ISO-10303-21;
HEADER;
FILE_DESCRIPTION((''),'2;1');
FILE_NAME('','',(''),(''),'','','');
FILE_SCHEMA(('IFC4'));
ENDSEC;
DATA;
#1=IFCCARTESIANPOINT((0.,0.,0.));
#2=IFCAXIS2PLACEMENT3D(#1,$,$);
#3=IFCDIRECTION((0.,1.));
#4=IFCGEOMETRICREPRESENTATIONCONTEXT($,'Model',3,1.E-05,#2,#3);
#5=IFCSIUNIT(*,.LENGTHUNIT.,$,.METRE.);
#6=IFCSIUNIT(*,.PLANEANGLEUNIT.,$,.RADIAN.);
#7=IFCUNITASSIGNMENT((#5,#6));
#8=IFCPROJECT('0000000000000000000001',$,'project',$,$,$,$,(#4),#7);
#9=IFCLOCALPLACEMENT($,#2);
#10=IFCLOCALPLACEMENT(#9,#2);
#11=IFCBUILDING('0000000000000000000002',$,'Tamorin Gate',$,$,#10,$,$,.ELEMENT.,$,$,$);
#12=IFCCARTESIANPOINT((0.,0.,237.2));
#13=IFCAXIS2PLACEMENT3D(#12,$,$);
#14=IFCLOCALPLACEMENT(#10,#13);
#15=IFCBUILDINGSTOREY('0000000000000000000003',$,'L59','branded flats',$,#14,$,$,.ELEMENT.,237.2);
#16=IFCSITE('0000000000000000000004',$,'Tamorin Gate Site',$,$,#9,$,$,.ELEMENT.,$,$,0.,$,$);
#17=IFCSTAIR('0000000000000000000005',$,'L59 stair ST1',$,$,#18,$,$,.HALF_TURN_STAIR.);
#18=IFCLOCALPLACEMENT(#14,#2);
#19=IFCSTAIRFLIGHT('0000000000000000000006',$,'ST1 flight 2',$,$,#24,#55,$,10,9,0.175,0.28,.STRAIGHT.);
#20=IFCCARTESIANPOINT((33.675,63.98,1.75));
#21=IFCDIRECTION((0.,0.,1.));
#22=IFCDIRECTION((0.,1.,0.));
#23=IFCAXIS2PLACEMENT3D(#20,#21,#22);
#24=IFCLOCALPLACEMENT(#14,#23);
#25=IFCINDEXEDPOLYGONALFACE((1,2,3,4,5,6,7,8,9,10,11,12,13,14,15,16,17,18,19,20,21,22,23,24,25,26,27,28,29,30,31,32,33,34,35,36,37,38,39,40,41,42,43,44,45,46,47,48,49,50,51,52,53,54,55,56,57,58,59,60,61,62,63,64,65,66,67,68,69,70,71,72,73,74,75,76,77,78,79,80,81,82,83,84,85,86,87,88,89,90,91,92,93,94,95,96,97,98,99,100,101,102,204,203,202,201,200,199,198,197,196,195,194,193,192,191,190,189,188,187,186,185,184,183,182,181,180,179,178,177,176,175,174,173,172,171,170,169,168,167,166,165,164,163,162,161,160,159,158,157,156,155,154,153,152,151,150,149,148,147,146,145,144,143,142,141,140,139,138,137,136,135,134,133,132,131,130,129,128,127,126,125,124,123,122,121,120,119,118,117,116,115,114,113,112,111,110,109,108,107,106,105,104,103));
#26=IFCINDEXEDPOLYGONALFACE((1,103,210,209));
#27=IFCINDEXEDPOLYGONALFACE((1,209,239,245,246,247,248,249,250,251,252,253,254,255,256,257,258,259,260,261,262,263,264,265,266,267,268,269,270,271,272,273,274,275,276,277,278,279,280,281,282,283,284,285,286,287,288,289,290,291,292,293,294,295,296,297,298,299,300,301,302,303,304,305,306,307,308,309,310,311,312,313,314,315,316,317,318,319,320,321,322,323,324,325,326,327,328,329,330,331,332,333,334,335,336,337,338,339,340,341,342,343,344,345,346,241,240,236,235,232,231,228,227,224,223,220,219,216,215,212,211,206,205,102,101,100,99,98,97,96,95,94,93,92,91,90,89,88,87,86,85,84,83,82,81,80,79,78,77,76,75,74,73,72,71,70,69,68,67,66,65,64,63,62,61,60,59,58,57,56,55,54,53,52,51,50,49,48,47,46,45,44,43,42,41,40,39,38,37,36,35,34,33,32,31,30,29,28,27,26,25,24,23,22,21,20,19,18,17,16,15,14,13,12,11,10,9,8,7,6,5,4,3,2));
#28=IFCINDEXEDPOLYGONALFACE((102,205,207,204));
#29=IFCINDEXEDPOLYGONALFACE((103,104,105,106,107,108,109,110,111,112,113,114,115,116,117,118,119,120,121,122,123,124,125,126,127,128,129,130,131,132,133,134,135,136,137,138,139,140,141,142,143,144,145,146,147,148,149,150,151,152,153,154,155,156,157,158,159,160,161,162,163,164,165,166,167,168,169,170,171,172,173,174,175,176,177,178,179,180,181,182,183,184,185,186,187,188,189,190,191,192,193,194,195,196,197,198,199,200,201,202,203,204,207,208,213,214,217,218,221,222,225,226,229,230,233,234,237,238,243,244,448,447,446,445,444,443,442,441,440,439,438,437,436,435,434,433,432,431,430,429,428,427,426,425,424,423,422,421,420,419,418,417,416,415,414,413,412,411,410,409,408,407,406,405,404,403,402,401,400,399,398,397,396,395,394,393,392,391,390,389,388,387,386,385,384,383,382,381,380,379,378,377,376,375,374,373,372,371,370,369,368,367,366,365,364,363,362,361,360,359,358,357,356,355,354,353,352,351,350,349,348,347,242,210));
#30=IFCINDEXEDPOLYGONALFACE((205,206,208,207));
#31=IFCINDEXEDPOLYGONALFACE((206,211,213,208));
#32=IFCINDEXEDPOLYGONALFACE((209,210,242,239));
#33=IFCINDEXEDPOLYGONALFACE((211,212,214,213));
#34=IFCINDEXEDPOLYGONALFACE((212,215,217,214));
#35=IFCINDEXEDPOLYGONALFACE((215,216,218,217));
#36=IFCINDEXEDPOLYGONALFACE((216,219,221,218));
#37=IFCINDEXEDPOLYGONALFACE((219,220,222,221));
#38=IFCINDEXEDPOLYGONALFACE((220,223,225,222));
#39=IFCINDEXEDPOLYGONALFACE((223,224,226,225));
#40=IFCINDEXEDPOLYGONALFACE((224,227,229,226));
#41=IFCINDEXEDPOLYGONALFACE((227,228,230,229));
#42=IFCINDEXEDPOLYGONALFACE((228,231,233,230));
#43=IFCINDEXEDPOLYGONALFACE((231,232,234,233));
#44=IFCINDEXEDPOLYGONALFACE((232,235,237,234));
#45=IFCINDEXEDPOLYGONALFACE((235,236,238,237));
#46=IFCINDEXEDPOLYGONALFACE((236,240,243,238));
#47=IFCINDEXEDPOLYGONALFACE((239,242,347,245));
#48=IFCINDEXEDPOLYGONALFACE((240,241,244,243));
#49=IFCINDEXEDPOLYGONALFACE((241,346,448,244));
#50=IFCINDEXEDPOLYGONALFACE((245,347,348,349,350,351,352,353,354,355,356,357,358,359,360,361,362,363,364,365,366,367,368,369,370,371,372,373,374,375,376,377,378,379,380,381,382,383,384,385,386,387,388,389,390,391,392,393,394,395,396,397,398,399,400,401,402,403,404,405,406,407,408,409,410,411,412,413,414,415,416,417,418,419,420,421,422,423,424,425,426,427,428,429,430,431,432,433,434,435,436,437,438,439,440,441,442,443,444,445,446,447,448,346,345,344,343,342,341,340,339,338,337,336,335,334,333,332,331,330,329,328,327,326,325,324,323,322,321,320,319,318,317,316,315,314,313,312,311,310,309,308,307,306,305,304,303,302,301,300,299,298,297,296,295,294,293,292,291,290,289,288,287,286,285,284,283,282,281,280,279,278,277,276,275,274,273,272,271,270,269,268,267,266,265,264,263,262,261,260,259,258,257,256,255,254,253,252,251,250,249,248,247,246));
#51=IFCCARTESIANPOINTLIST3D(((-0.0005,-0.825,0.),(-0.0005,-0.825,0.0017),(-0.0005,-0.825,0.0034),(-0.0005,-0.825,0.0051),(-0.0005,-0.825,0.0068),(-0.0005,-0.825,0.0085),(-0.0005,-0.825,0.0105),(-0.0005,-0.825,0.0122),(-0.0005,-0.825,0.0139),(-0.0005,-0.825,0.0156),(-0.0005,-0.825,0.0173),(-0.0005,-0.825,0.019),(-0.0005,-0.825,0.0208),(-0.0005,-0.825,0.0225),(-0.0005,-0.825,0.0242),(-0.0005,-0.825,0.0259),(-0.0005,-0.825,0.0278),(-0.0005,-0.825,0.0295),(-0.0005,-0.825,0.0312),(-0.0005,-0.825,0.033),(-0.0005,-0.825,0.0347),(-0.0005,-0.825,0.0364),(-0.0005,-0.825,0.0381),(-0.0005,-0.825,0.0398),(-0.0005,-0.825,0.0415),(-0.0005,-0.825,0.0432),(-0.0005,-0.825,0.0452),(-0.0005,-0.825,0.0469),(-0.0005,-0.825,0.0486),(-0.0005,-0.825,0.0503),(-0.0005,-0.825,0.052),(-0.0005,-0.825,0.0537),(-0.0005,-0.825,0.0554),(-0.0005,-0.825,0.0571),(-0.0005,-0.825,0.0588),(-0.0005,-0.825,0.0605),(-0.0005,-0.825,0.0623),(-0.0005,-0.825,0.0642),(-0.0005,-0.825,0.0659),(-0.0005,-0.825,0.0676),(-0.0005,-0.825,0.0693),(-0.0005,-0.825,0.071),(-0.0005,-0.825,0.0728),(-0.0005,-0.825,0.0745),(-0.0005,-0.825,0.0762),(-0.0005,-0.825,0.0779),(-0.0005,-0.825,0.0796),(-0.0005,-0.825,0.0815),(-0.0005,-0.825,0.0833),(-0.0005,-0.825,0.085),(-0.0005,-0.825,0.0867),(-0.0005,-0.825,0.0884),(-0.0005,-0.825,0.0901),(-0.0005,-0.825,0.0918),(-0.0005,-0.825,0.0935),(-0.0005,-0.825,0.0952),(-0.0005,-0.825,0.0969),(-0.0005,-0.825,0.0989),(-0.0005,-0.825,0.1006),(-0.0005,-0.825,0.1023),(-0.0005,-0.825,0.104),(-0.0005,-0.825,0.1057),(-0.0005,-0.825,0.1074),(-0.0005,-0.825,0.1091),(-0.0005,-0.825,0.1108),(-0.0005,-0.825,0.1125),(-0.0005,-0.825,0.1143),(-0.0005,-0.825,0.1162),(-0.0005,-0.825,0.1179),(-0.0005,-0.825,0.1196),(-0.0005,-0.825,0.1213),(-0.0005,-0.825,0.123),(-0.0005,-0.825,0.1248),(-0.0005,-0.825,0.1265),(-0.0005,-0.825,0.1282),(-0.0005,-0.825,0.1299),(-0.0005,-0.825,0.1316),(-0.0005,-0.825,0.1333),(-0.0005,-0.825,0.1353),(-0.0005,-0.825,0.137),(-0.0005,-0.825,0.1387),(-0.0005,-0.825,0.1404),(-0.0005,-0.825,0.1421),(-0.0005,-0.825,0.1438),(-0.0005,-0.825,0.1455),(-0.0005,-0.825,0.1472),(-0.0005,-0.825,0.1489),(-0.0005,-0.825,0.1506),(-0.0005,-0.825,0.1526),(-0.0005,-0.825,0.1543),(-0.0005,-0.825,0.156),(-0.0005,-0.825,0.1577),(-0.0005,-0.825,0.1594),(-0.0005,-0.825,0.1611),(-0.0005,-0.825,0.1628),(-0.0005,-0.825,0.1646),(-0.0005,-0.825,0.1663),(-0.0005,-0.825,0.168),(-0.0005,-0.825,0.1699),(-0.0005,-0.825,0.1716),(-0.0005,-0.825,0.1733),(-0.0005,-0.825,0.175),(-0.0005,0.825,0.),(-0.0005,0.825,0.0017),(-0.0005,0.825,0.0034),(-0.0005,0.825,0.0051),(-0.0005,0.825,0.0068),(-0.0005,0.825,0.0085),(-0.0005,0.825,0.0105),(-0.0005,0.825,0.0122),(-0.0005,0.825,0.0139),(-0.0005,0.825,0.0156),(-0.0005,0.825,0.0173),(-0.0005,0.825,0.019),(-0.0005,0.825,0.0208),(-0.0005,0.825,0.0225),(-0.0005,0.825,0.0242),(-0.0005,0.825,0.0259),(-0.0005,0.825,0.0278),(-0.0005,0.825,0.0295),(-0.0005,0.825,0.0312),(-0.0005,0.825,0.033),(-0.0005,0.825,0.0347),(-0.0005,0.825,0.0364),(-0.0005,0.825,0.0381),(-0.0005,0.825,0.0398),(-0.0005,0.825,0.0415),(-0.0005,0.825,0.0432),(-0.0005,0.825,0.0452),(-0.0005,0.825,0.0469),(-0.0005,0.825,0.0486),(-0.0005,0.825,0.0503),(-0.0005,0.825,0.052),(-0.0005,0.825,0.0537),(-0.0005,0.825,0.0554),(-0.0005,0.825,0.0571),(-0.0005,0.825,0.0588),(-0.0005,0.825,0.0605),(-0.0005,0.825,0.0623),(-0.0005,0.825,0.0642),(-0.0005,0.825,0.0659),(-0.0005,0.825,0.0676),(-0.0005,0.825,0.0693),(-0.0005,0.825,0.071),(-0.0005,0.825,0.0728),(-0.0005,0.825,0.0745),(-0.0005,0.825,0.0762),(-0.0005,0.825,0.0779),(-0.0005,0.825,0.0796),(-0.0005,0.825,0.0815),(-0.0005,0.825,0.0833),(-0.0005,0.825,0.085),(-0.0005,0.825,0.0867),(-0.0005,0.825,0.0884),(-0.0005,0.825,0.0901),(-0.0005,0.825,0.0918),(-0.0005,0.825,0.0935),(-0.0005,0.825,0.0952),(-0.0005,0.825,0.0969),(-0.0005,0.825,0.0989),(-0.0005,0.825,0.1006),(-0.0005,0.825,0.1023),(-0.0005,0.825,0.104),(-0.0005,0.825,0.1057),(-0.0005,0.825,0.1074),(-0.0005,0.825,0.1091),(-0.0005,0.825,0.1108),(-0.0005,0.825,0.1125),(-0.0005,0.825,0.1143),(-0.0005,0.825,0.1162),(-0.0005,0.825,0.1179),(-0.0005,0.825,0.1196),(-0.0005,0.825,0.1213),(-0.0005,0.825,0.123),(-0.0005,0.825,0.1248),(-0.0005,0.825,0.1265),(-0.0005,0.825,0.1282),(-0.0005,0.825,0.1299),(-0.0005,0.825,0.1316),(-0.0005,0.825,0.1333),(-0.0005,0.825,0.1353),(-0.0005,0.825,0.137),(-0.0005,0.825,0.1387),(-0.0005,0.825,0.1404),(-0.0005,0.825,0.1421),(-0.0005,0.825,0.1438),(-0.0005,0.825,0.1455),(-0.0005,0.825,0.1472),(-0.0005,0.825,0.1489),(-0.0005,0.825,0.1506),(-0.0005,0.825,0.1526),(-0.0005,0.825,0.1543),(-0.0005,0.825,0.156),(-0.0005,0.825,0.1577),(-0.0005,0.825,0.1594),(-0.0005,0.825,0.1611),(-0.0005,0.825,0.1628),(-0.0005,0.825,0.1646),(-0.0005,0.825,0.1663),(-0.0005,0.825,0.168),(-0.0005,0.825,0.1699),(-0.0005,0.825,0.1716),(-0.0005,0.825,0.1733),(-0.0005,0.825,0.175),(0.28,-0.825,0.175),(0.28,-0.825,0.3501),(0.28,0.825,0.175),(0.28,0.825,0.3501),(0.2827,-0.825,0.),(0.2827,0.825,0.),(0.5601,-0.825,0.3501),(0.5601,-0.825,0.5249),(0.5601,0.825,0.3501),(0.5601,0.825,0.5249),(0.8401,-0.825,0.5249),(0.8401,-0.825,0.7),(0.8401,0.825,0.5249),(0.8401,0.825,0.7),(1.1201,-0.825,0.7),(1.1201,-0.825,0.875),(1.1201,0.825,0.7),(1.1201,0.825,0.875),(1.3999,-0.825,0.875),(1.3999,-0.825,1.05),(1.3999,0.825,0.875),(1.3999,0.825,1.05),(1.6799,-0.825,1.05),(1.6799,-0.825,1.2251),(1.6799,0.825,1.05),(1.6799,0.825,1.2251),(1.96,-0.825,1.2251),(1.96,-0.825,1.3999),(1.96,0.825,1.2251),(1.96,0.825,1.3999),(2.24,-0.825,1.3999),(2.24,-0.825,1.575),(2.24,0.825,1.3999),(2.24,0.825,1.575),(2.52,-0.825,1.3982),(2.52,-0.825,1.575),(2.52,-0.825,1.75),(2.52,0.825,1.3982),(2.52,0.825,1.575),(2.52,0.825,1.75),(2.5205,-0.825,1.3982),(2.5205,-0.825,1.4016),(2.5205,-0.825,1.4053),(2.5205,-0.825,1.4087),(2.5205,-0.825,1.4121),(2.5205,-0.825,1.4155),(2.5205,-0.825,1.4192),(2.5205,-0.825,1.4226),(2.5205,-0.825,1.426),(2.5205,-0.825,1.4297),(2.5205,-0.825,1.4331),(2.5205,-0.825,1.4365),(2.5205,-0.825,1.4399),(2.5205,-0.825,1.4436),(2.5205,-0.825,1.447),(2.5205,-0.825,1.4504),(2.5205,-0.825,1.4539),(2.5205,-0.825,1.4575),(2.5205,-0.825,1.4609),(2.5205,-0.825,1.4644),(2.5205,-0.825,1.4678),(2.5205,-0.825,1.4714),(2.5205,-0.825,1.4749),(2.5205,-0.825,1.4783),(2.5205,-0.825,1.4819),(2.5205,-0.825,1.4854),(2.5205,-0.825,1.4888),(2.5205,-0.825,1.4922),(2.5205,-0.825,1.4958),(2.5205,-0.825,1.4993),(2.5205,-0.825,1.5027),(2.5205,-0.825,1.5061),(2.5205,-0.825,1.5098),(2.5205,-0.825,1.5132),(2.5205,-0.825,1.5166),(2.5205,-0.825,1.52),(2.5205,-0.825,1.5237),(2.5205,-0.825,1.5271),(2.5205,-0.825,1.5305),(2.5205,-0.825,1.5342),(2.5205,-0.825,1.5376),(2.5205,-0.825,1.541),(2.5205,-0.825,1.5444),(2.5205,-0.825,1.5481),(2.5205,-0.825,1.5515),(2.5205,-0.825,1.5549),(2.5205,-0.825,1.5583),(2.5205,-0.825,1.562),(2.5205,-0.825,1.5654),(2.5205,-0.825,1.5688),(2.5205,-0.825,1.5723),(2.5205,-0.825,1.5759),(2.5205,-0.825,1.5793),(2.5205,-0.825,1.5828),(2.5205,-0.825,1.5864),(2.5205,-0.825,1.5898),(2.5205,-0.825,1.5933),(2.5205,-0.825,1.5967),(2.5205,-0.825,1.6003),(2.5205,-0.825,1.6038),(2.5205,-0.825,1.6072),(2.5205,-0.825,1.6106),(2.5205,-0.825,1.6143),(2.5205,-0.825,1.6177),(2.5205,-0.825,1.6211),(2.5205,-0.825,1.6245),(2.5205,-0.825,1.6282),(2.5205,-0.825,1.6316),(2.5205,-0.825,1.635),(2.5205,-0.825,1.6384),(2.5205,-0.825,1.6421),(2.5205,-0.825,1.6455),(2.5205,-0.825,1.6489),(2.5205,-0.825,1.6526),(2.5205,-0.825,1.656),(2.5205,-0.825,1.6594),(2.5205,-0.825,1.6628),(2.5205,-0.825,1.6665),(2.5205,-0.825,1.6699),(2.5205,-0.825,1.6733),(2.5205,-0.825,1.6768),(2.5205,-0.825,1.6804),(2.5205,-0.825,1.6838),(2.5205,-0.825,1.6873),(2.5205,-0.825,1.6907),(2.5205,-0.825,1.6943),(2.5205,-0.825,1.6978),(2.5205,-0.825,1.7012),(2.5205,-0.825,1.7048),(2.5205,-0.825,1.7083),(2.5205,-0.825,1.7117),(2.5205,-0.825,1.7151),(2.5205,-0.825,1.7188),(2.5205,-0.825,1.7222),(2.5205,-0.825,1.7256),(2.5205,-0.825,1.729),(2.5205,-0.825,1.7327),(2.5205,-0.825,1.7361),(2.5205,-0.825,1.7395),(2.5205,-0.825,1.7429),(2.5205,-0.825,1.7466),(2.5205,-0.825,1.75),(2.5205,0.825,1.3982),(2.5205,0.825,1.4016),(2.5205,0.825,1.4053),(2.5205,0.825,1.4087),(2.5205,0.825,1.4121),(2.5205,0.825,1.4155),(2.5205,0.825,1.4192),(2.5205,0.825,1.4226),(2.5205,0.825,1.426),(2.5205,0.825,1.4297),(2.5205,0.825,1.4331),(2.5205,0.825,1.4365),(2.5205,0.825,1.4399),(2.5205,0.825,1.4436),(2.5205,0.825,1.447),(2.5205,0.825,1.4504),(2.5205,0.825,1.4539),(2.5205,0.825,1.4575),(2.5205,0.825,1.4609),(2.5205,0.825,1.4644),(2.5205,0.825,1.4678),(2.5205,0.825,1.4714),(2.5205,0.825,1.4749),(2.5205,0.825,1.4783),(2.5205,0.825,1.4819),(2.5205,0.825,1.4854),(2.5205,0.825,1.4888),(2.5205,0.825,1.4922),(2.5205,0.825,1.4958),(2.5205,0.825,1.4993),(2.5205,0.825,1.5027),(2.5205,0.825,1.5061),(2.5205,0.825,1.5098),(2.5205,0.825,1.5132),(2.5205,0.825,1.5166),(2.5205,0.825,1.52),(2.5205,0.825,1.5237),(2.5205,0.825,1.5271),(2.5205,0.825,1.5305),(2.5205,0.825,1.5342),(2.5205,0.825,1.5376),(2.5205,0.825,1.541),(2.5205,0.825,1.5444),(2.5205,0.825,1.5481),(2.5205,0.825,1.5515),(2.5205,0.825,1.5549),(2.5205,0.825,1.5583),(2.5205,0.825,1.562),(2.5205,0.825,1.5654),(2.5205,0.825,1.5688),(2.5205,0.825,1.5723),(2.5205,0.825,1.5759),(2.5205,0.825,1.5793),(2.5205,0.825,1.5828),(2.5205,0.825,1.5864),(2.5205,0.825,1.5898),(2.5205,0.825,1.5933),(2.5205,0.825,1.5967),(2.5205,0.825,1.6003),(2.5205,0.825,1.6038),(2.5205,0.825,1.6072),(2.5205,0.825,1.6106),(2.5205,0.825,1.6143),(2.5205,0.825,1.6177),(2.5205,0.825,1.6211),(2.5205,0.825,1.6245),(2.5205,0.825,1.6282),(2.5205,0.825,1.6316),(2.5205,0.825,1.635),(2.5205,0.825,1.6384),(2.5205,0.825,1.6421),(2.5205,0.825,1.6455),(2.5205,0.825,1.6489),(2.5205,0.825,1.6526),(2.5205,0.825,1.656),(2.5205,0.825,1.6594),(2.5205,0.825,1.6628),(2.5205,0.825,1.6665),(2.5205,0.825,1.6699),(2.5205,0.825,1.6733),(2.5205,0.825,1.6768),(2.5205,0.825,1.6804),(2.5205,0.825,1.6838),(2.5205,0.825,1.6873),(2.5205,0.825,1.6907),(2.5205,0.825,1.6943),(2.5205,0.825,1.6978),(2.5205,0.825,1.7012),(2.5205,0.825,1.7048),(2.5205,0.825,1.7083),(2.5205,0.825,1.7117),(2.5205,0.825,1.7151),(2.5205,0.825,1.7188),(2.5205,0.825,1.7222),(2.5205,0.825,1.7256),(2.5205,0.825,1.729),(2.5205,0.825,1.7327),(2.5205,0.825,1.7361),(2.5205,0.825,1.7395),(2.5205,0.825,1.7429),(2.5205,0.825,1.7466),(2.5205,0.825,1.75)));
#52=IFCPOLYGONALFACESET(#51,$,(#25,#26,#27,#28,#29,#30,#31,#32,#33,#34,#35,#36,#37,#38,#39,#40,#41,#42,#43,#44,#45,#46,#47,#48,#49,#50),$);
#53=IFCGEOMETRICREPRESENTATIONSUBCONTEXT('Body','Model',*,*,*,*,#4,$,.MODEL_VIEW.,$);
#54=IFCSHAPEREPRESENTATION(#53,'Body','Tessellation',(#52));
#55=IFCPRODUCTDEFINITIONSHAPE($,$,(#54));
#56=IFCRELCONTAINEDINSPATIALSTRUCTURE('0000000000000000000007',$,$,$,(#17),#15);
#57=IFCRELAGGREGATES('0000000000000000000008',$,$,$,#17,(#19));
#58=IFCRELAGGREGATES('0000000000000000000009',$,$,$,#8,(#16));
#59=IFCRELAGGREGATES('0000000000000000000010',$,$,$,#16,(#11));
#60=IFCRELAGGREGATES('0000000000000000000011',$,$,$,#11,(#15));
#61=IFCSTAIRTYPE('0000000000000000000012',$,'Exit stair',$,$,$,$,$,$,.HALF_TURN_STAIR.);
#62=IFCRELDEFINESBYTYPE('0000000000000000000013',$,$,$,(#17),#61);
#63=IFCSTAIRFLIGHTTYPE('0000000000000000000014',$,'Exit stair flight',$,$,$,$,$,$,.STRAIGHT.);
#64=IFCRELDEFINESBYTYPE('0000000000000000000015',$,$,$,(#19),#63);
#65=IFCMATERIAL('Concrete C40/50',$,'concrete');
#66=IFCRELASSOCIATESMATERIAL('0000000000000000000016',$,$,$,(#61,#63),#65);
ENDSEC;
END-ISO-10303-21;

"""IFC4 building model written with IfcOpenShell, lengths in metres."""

from ifc_helpers import new_model, si_unit, direction, frame, origin, place, context, subcontext, project, spatial, polyline, outline, extrude, material, type_object, element, aggregate, save


model = new_model("IFC4")

# Units and contexts
model_context = context("Model", 3, precision=1e-05, world=origin(), true_north=direction((0.0, 1.0)))
body_context = subcontext(model_context, "Body", "Model", "MODEL_VIEW")
ifc_project = project(units=[si_unit("LENGTHUNIT", "METRE"), si_unit("PLANEANGLEUNIT", "RADIAN")], contexts=[model_context])

# Site, building, storey
site_placement = place(None, origin())
site = spatial("IfcSite", under=ifc_project, at=site_placement, Name="Tamorin Gate Site", CompositionType="ELEMENT", RefElevation=0.0)
building_placement = place(site_placement, origin())
building = spatial("IfcBuilding", under=site, at=building_placement, Name="Tamorin Gate", CompositionType="ELEMENT")
storey_placement = place(building_placement, frame((0.0, 0.0, 237.2)))
storey = spatial("IfcBuildingStorey", under=building, at=storey_placement, Name="L59", Description="branded flats", CompositionType="ELEMENT", Elevation=237.2)

# Shared definitions
ifc_material_1 = material(Name="Concrete C40/50", Category="concrete")

# Stair, stair flight
stair_type = type_object("IfcStairType", Name="Exit stair", PredefinedType="HALF_TURN_STAIR", material=ifc_material_1)
stair_1_placement = place(storey_placement, origin())
stair_1 = element("IfcStair", 1, at=stair_1_placement, inside=storey, type_object=stair_type, Name="L59 stair ST1", PredefinedType="HALF_TURN_STAIR")
stair_flight_type = type_object("IfcStairFlightType", Name="Exit stair flight", PredefinedType="STRAIGHT", material=ifc_material_1)
stair_flight_1_placement = place(storey_placement, frame((33.675, 63.98, 1.75), z_axis=(0.0, 0.0, 1.0), x_axis=(0.0, 1.0, 0.0)))
stair_flight_1 = element("IfcStairFlight", 2, at=stair_flight_1_placement, type_object=stair_flight_type, Name="ST1 flight 2", NumberOfRisers=10, NumberOfTreads=9, PredefinedType="STRAIGHT", RiserHeight=0.175, TreadLength=0.28, context=body_context, shape_type="SweptSolid", body=[
    extrude(outline(polyline([(-0.0005, 0.0), (-0.0005, 0.0017), (-0.0005, 0.0034), (-0.0005, 0.0051), (-0.0005, 0.0068), (-0.0005, 0.0085), (-0.0005, 0.0105), (-0.0005, 0.0122), (-0.0005, 0.0139), (-0.0005, 0.0156), (-0.0005, 0.0173), (-0.0005, 0.019), (-0.0005, 0.0208), (-0.0005, 0.0225), (-0.0005, 0.0242), (-0.0005, 0.0259), (-0.0005, 0.0278), (-0.0005, 0.0295), (-0.0005, 0.0312), (-0.0005, 0.033), (-0.0005, 0.0347), (-0.0005, 0.0364), (-0.0005, 0.0381), (-0.0005, 0.0398), (-0.0005, 0.0415), (-0.0005, 0.0432), (-0.0005, 0.0452), (-0.0005, 0.0469), (-0.0005, 0.0486), (-0.0005, 0.0503), (-0.0005, 0.052), (-0.0005, 0.0537), (-0.0005, 0.0554), (-0.0005, 0.0571), (-0.0005, 0.0588), (-0.0005, 0.0605), (-0.0005, 0.0623), (-0.0005, 0.0642), (-0.0005, 0.0659), (-0.0005, 0.0676), (-0.0005, 0.0693), (-0.0005, 0.071), (-0.0005, 0.0728), (-0.0005, 0.0745), (-0.0005, 0.0762), (-0.0005, 0.0779), (-0.0005, 0.0796), (-0.0005, 0.0815), (-0.0005, 0.0833), (-0.0005, 0.085), (-0.0005, 0.0867), (-0.0005, 0.0884), (-0.0005, 0.0901), (-0.0005, 0.0918), (-0.0005, 0.0935), (-0.0005, 0.0952), (-0.0005, 0.0969), (-0.0005, 0.0989), (-0.0005, 0.1006), (-0.0005, 0.1023), (-0.0005, 0.104), (-0.0005, 0.1057), (-0.0005, 0.1074), (-0.0005, 0.1091), (-0.0005, 0.1108), (-0.0005, 0.1125), (-0.0005, 0.1143), (-0.0005, 0.1162), (-0.0005, 0.1179), (-0.0005, 0.1196), (-0.0005, 0.1213), (-0.0005, 0.123), (-0.0005, 0.1248), (-0.0005, 0.1265), (-0.0005, 0.1282), (-0.0005, 0.1299), (-0.0005, 0.1316), (-0.0005, 0.1333), (-0.0005, 0.1353), (-0.0005, 0.137), (-0.0005, 0.1387), (-0.0005, 0.1404), (-0.0005, 0.1421), (-0.0005, 0.1438), (-0.0005, 0.1455), (-0.0005, 0.1472), (-0.0005, 0.1489), (-0.0005, 0.1506), (-0.0005, 0.1526), (-0.0005, 0.1543), (-0.0005, 0.156), (-0.0005, 0.1577), (-0.0005, 0.1594), (-0.0005, 0.1611), (-0.0005, 0.1628), (-0.0005, 0.1646), (-0.0005, 0.1663), (-0.0005, 0.168), (-0.0005, 0.1699), (-0.0005, 0.1716), (-0.0005, 0.1733), (-0.0005, 0.175), (0.28, 0.175), (0.28, 0.3501), (0.5601, 0.3501), (0.5601, 0.5249), (0.8401, 0.5249), (0.8401, 0.7), (1.1201, 0.7), (1.1201, 0.875), (1.3999, 0.875), (1.3999, 1.05), (1.6799, 1.05), (1.6799, 1.2251), (1.96, 1.2251), (1.96, 1.3999), (2.24, 1.3999), (2.24, 1.575), (2.52, 1.575), (2.52, 1.75), (2.5205, 1.75), (2.5205, 1.7466), (2.5205, 1.7429), (2.5205, 1.7395), (2.5205, 1.7361), (2.5205, 1.7327), (2.5205, 1.729), (2.5205, 1.7256), (2.5205, 1.7222), (2.5205, 1.7188), (2.5205, 1.7151), (2.5205, 1.7117), (2.5205, 1.7083), (2.5205, 1.7048), (2.5205, 1.7012), (2.5205, 1.6978), (2.5205, 1.6943), (2.5205, 1.6907), (2.5205, 1.6873), (2.5205, 1.6838), (2.5205, 1.6804), (2.5205, 1.6768), (2.5205, 1.6733), (2.5205, 1.6699), (2.5205, 1.6665), (2.5205, 1.6628), (2.5205, 1.6594), (2.5205, 1.656), (2.5205, 1.6526), (2.5205, 1.6489), (2.5205, 1.6455), (2.5205, 1.6421), (2.5205, 1.6384), (2.5205, 1.635), (2.5205, 1.6316), (2.5205, 1.6282), (2.5205, 1.6245), (2.5205, 1.6211), (2.5205, 1.6177), (2.5205, 1.6143), (2.5205, 1.6106), (2.5205, 1.6072), (2.5205, 1.6038), (2.5205, 1.6003), (2.5205, 1.5967), (2.5205, 1.5933), (2.5205, 1.5898), (2.5205, 1.5864), (2.5205, 1.5828), (2.5205, 1.5793), (2.5205, 1.5759), (2.5205, 1.5723), (2.5205, 1.5688), (2.5205, 1.5654), (2.5205, 1.562), (2.5205, 1.5583), (2.5205, 1.5549), (2.5205, 1.5515), (2.5205, 1.5481), (2.5205, 1.5444), (2.5205, 1.541), (2.5205, 1.5376), (2.5205, 1.5342), (2.5205, 1.5305), (2.5205, 1.5271), (2.5205, 1.5237), (2.5205, 1.52), (2.5205, 1.5166), (2.5205, 1.5132), (2.5205, 1.5098), (2.5205, 1.5061), (2.5205, 1.5027), (2.5205, 1.4993), (2.5205, 1.4958), (2.5205, 1.4922), (2.5205, 1.4888), (2.5205, 1.4854), (2.5205, 1.4819), (2.5205, 1.4783), (2.5205, 1.4749), (2.5205, 1.4714), (2.5205, 1.4678), (2.5205, 1.4644), (2.5205, 1.4609), (2.5205, 1.4575), (2.5205, 1.4539), (2.5205, 1.4504), (2.5205, 1.447), (2.5205, 1.4436), (2.5205, 1.4399), (2.5205, 1.4365), (2.5205, 1.4331), (2.5205, 1.4297), (2.5205, 1.426), (2.5205, 1.4226), (2.5205, 1.4192), (2.5205, 1.4155), (2.5205, 1.4121), (2.5205, 1.4087), (2.5205, 1.4053), (2.5205, 1.4016), (2.5205, 1.3982), (2.52, 1.3982), (0.2827, 0.0), (-0.0005, 0.0)])), frame((0.0, 0.825, 0.0), z_axis=(0.0, -1.0, 0.0), x_axis=(1.0, 0.0, 0.0)), (0.0, 0.0, 1.0), 1.6499),
])
aggregate(stair_1, [stair_flight_1])

save(model, "model.ifc")
